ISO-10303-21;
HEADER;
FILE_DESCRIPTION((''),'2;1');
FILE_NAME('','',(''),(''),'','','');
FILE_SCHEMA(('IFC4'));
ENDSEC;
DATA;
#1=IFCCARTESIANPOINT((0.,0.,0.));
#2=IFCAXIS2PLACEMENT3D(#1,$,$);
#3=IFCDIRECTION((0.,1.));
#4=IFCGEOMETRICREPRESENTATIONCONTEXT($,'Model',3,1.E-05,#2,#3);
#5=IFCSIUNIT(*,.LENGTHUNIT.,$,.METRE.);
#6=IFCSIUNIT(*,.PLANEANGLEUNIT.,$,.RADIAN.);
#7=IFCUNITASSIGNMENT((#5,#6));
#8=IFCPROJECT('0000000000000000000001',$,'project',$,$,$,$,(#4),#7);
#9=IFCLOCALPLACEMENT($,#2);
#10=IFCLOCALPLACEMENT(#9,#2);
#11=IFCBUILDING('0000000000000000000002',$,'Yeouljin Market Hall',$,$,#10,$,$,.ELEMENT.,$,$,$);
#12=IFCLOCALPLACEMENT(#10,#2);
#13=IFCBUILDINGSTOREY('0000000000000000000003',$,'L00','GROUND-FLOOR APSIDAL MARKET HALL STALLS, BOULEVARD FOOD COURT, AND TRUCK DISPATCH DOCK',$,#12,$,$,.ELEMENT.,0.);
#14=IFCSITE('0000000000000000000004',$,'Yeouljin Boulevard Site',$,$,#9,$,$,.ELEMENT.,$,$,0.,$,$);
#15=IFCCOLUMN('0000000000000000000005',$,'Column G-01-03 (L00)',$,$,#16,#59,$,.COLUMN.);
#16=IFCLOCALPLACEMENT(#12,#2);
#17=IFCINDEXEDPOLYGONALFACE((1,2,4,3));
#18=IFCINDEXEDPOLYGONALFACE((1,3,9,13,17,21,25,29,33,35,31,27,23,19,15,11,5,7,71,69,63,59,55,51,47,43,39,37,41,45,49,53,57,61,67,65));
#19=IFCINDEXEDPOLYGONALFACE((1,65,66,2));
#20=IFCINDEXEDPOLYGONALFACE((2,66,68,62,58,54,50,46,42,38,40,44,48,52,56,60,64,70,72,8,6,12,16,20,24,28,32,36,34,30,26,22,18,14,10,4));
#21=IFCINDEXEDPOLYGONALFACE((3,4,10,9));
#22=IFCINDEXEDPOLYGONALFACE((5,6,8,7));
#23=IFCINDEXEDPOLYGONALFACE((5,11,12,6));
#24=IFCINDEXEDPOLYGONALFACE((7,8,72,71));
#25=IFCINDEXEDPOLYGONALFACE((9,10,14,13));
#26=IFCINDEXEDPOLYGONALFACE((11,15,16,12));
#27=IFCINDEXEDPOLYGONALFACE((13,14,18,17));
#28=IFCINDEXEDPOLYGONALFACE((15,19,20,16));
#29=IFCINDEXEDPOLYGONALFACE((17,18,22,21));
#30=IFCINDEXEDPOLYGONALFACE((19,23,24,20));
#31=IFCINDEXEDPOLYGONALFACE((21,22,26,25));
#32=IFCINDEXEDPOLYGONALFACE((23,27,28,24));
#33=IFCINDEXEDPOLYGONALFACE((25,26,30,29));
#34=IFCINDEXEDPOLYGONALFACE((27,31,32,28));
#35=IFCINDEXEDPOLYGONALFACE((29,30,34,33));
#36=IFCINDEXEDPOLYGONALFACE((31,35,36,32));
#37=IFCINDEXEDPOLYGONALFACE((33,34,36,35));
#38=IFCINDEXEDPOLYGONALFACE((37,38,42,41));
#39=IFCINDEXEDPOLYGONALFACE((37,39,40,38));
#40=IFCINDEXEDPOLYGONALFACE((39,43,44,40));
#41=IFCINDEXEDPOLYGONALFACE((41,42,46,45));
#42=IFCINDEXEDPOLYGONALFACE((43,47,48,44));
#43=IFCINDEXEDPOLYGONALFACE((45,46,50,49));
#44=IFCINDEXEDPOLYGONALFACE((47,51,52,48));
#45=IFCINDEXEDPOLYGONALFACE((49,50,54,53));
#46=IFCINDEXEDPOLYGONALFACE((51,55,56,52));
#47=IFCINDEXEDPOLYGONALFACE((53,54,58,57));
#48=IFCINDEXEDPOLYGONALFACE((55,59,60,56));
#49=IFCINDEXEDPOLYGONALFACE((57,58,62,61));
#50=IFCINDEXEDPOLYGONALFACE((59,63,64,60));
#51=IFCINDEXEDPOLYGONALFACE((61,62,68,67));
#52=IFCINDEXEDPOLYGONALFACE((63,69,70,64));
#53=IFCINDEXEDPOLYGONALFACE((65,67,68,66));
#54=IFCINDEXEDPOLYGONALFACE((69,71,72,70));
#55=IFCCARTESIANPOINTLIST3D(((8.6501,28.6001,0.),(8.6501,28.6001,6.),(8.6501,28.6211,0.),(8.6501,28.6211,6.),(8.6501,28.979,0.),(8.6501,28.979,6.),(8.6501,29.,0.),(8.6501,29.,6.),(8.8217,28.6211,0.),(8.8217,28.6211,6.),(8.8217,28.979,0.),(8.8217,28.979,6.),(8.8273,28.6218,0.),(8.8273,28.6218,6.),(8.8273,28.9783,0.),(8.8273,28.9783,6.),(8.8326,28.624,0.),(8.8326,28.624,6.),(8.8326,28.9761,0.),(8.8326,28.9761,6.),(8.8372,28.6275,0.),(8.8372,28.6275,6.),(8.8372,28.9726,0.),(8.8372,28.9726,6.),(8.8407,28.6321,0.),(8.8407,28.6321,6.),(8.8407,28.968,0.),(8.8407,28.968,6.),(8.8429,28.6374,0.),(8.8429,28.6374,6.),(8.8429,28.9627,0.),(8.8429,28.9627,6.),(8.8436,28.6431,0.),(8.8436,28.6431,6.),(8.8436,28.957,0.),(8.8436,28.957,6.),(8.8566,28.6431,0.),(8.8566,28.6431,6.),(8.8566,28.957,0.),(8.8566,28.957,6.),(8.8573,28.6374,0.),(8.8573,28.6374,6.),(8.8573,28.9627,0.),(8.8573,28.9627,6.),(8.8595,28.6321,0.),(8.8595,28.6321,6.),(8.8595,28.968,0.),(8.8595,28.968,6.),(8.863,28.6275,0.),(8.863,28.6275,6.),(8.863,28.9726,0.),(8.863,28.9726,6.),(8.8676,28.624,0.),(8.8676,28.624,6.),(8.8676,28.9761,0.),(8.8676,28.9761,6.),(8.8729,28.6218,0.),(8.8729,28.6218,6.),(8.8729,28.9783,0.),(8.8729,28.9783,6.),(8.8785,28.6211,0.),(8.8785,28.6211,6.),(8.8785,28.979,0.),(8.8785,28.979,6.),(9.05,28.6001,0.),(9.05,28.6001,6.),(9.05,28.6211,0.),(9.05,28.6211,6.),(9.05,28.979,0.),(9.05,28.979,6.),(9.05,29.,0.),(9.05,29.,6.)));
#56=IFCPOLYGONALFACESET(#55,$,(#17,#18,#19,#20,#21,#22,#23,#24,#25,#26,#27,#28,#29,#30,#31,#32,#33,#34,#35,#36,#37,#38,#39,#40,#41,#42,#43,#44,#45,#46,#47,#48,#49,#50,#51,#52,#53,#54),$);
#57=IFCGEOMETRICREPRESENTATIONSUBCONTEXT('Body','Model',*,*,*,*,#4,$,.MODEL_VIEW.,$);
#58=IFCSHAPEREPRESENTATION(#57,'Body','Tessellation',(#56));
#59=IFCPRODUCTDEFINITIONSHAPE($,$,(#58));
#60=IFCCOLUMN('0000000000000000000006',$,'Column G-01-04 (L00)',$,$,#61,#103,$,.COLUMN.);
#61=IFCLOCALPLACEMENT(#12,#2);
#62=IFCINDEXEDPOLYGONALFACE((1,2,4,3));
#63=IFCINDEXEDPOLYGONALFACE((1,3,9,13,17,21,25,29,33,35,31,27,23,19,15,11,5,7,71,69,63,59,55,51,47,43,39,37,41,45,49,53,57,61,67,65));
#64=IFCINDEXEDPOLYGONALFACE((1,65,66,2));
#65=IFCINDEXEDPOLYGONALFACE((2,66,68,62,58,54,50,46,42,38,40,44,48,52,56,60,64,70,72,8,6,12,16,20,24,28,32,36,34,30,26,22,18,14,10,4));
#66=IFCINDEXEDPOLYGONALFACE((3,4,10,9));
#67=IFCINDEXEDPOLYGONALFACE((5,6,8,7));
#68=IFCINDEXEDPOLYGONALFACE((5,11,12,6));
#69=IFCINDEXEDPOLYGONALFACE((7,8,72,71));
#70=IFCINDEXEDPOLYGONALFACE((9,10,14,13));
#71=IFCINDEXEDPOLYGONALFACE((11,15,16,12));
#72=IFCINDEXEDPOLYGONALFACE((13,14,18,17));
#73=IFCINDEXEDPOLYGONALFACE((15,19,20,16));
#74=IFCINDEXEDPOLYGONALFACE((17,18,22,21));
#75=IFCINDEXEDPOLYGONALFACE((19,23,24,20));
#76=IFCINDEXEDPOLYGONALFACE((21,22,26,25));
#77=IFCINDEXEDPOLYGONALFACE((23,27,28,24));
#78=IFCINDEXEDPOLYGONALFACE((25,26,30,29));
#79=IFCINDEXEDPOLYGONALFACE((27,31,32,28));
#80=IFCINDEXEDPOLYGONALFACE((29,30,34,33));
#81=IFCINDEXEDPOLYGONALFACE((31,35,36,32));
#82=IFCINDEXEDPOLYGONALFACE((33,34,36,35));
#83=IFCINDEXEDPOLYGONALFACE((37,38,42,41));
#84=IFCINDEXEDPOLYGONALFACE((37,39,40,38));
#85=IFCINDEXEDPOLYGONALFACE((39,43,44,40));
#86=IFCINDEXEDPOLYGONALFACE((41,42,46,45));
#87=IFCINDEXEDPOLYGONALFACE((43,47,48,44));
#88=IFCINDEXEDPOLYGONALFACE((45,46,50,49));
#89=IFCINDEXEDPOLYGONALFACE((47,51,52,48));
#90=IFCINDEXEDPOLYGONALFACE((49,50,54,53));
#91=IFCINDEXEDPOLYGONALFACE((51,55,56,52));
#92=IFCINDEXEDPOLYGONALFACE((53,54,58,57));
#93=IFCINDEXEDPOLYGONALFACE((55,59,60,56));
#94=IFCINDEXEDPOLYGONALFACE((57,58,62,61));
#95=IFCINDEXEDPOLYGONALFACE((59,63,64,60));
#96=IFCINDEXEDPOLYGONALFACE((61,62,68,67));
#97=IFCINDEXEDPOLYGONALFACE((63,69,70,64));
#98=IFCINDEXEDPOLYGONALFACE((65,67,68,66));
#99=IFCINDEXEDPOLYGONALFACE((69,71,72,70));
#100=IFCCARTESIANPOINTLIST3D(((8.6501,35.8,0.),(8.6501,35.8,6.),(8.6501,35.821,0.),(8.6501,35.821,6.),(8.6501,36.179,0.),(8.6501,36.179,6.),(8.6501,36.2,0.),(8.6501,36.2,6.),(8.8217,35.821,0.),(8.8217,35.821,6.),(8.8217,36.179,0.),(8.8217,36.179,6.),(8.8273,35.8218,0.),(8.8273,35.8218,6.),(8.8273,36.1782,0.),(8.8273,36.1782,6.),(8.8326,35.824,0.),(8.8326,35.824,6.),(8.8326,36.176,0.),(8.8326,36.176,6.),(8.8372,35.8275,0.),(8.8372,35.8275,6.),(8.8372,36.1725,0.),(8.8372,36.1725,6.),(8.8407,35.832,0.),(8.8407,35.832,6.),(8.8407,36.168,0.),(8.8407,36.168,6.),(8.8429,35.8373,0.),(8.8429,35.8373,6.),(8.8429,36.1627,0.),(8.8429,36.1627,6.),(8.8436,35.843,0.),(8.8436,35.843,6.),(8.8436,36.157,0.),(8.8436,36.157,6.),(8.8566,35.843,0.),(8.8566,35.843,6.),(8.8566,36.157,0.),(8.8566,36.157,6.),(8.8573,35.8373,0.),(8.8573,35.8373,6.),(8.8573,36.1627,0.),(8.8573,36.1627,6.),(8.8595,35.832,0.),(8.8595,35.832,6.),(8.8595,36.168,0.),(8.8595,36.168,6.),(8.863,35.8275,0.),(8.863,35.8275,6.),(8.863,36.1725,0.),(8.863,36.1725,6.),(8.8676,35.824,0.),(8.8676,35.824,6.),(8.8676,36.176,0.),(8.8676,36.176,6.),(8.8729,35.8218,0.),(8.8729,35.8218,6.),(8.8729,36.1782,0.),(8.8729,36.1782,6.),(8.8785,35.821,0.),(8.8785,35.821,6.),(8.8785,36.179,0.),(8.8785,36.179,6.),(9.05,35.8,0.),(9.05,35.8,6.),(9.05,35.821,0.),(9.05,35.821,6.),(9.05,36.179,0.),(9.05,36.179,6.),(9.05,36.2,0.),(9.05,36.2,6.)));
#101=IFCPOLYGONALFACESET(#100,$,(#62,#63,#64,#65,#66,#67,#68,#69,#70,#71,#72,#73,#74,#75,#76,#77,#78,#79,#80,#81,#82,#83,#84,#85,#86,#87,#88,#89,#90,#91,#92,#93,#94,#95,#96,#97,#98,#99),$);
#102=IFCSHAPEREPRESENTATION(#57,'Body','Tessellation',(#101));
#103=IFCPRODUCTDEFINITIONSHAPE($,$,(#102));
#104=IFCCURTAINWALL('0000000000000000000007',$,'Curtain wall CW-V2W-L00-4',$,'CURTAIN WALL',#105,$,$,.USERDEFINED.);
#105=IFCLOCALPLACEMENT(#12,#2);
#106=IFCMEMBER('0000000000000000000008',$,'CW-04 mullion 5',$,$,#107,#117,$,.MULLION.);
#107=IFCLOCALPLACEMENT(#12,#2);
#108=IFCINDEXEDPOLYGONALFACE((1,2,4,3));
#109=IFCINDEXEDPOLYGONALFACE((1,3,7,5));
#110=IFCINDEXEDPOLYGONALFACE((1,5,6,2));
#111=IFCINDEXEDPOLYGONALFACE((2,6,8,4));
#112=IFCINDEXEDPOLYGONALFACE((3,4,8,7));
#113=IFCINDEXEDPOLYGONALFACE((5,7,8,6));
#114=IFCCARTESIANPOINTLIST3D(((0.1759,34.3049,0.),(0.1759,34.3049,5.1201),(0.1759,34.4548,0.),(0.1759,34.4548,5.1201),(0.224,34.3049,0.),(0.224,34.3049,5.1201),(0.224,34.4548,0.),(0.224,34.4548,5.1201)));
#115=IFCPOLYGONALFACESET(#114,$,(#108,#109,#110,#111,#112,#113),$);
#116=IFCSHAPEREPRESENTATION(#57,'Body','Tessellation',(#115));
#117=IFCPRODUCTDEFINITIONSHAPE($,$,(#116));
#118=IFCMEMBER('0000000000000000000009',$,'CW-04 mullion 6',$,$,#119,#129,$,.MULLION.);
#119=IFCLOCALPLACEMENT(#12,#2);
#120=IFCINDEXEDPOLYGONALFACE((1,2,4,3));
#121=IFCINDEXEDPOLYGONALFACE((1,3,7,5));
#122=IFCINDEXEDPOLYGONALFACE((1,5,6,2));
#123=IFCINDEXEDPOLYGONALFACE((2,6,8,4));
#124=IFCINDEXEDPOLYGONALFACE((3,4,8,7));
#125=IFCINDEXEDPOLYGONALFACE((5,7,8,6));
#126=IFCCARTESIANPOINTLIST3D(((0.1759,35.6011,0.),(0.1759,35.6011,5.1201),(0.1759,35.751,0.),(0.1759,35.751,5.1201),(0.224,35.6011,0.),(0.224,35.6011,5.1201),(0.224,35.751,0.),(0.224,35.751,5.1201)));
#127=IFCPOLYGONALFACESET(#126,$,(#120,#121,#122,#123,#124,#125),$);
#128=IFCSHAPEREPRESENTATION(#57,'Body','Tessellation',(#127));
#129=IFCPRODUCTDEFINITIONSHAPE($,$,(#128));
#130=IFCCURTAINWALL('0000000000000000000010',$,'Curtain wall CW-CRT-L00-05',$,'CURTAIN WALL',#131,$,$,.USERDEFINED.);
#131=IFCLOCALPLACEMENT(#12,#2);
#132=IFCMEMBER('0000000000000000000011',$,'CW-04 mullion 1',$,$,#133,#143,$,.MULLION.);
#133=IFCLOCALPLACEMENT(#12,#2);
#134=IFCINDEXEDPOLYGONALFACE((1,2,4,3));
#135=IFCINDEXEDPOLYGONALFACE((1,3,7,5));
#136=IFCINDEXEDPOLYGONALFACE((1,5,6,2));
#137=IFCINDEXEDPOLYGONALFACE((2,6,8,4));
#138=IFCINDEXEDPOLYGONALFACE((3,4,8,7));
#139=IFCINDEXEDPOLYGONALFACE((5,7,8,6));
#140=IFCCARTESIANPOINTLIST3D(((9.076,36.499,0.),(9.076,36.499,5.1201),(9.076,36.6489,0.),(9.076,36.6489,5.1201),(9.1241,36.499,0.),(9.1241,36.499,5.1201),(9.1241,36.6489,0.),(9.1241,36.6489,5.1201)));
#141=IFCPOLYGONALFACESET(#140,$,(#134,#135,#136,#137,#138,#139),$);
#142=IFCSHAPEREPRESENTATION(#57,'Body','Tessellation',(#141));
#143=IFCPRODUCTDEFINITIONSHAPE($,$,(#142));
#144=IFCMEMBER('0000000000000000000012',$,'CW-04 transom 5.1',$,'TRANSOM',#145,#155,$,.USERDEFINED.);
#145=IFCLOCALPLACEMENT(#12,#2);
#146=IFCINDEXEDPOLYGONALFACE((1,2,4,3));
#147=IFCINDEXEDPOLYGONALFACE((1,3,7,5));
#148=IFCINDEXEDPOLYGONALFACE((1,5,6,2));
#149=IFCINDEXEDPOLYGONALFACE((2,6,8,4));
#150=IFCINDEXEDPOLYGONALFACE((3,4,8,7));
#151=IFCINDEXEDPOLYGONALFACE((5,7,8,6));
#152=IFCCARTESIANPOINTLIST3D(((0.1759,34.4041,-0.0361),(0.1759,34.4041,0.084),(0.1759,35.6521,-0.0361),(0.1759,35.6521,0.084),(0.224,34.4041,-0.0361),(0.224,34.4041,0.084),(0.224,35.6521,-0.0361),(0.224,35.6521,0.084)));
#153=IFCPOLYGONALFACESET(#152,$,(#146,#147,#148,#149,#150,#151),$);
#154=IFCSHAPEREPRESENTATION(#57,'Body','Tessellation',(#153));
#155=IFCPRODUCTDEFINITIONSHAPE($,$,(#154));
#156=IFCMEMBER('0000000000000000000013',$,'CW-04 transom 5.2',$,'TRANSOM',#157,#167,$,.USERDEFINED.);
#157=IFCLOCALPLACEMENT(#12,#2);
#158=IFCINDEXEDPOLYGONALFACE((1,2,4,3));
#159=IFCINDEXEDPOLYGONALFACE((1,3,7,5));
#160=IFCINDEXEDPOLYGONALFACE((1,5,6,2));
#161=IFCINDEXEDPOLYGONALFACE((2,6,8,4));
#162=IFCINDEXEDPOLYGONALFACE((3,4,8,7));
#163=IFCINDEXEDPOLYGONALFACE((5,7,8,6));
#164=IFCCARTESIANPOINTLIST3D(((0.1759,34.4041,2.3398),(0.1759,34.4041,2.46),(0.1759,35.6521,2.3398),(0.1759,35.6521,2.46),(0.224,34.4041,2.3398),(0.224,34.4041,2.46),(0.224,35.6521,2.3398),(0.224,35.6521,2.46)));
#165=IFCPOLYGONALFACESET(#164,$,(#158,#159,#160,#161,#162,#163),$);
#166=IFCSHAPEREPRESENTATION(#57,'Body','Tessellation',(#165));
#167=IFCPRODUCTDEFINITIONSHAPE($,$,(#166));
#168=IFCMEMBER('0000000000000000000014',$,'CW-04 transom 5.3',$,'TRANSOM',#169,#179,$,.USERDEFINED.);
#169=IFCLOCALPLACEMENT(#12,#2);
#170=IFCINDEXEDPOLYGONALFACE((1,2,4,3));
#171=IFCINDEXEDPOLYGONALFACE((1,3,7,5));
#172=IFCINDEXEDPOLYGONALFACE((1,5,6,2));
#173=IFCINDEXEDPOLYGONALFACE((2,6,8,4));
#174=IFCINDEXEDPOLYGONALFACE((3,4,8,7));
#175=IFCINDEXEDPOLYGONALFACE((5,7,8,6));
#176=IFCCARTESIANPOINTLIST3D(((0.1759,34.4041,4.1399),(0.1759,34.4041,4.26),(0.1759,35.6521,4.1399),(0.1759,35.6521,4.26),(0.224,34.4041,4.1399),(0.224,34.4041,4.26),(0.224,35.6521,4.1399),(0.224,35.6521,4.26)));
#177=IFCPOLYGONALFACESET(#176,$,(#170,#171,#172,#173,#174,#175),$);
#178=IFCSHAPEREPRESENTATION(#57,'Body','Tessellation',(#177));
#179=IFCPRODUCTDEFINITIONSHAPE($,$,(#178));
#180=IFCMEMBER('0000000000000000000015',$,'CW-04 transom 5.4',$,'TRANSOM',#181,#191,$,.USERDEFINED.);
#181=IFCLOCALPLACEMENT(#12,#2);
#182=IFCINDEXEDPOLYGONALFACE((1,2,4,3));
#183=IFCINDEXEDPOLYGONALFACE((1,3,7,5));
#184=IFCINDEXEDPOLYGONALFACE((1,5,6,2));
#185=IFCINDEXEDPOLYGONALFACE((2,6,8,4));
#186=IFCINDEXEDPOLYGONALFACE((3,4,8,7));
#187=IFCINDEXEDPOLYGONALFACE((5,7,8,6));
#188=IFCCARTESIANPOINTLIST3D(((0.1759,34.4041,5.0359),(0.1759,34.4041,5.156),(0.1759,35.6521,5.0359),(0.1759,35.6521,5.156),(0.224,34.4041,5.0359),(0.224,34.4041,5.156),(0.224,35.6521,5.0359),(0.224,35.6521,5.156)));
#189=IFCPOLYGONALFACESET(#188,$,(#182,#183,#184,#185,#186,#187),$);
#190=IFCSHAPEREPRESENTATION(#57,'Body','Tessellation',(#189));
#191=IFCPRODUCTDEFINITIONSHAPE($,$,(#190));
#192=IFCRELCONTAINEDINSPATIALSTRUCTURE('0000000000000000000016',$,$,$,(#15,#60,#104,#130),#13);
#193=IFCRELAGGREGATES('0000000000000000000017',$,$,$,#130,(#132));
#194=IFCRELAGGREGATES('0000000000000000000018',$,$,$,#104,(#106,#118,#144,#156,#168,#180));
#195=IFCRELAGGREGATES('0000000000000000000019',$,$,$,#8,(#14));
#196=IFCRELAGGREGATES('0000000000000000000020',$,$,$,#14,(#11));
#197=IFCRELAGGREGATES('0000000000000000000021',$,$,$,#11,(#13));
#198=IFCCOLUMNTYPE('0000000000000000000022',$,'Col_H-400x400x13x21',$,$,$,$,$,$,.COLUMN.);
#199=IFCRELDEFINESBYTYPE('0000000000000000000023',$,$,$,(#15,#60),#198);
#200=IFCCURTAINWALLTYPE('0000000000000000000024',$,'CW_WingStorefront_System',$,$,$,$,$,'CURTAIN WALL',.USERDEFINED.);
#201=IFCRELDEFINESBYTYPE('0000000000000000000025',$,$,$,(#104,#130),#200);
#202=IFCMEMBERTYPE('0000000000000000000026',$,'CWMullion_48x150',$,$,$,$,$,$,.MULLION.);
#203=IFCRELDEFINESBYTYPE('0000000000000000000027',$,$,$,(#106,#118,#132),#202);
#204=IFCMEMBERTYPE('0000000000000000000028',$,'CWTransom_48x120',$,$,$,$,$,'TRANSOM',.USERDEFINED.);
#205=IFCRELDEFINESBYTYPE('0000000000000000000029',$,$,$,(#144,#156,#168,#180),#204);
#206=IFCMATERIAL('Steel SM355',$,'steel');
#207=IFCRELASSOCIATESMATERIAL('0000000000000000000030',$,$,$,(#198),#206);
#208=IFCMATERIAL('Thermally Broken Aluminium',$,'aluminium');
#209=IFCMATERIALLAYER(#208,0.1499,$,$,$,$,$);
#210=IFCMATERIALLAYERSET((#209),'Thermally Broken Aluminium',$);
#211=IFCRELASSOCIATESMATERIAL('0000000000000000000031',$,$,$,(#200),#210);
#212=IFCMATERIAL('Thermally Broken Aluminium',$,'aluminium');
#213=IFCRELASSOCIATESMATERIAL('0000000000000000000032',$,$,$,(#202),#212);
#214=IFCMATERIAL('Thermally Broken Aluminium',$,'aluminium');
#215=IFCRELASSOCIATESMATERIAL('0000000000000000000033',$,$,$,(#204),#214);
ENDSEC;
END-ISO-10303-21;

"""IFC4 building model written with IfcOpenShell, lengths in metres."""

from ifc_helpers import new_model, si_unit, direction, frame, origin, origin_2d, place, context, subcontext, project, spatial, rectangle, i_section, extrude, material, layer, layer_set, material_profile, profile_set, type_object, element, aggregate, save


model = new_model("IFC4")

# Units and contexts
model_context = context("Model", 3, precision=1e-05, world=origin(), true_north=direction((0.0, 1.0)))
body_context = subcontext(model_context, "Body", "Model", "MODEL_VIEW")
ifc_project = project(units=[si_unit("LENGTHUNIT", "METRE"), si_unit("PLANEANGLEUNIT", "RADIAN")], contexts=[model_context])

# Site, building, storey
site_placement = place(None, origin())
site = spatial("IfcSite", under=ifc_project, at=site_placement, Name="Yeouljin Boulevard Site", CompositionType="ELEMENT", RefElevation=0.0)
building_placement = place(site_placement, origin())
building = spatial("IfcBuilding", under=site, at=building_placement, Name="Yeouljin Market Hall", CompositionType="ELEMENT")
storey_placement = place(building_placement, origin())
storey = spatial("IfcBuildingStorey", under=building, at=storey_placement, Name="L00", Description="GROUND-FLOOR APSIDAL MARKET HALL STALLS, BOULEVARD FOOD COURT, AND TRUCK DISPATCH DOCK", CompositionType="ELEMENT", Elevation=0.0)

# Columns
ifc_material_1 = material(Name="Steel SM355", Category="steel")
ifc_material_profile_1 = material_profile(ifc_material_1, i_section(OverallWidth=0.3999, OverallDepth=0.3999, WebThickness=0.0129, FlangeThickness=0.021, FilletRadius=0.022, at=origin_2d()), Name="H-400x400x13x21")
ifc_profile_set_1 = profile_set([ifc_material_profile_1], Name="Steel SM355")
column_type = type_object("IfcColumnType", Name="Col_H-400x400x13x21", PredefinedType="COLUMN", material=ifc_profile_set_1)
for number, where, z_axis, x_axis, name in (
    (1, (8.8501, 28.8, 0.0), (0.0, 0.0, 1.0), (1.0, 0.0, 0.0), "Column G-01-03 (L00)"),
    (2, (8.8501, 36.0, 0.0), (0.0, 0.0, 1.0), (1.0, 0.0, 0.0), "Column G-01-04 (L00)"),
):
    element("IfcColumn", number, at=place(storey_placement, frame(where, z_axis=z_axis, x_axis=x_axis)), inside=storey, type_object=column_type, Name=name, PredefinedType="COLUMN", context=body_context, shape_type="SweptSolid", body=[
        extrude(i_section(OverallWidth=0.3999, OverallDepth=0.3999, WebThickness=0.0129, FlangeThickness=0.021, FilletRadius=0.022, at=origin_2d()), origin(), (0.0, 0.0, 1.0), 6.0),
    ])

# Curtain wall, members
ifc_material_2 = material(Name="Thermally Broken Aluminium", Category="aluminium")
ifc_layer_1 = layer(ifc_material_2, 0.1499)
ifc_layer_set_1 = layer_set([ifc_layer_1], Name="Thermally Broken Aluminium")
curtain_wall_type = type_object("IfcCurtainWallType", Name="CW_WingStorefront_System", ElementType="CURTAIN WALL", PredefinedType="USERDEFINED", material=ifc_layer_set_1)
curtain_wall_1_placement = place(storey_placement, origin())
curtain_wall_1 = element("IfcCurtainWall", 3, at=curtain_wall_1_placement, inside=storey, type_object=curtain_wall_type, Name="Curtain wall CW-V2W-L00-4", ObjectType="CURTAIN WALL", PredefinedType="USERDEFINED")
ifc_material_3 = material(Name="Thermally Broken Aluminium", Category="aluminium")
ifc_material_profile_2 = material_profile(ifc_material_3, rectangle(XDim=0.0481, YDim=0.1499, at=origin_2d()), Name="CW-MULL-48x150")
ifc_profile_set_2 = profile_set([ifc_material_profile_2], Name="Thermally Broken Aluminium")
member_type_1 = type_object("IfcMemberType", Name="CWMullion_48x150", PredefinedType="MULLION", material=ifc_profile_set_2)
member_1_placement = place(storey_placement, frame((0.2, 34.3799, 0.0), z_axis=(0.0, 0.0, 1.0), x_axis=(-1.0, 0.0, 0.0)))
member_1 = element("IfcMember", 4, at=member_1_placement, type_object=member_type_1, Name="CW-04 mullion 5", PredefinedType="MULLION", context=body_context, shape_type="SweptSolid", body=[
    extrude(rectangle(XDim=0.0481, YDim=0.1499, at=origin_2d()), origin(), (0.0, 0.0, 1.0), 5.1201),
])
member_2_placement = place(storey_placement, frame((0.2, 35.676, 0.0), z_axis=(0.0, 0.0, 1.0), x_axis=(-1.0, 0.0, 0.0)))
member_2 = element("IfcMember", 5, at=member_2_placement, type_object=member_type_1, Name="CW-04 mullion 6", PredefinedType="MULLION", context=body_context, shape_type="SweptSolid", body=[
    extrude(rectangle(XDim=0.0481, YDim=0.1499, at=origin_2d()), origin(), (0.0, 0.0, 1.0), 5.1201),
])

# Curtain wall, member
curtain_wall_2_placement = place(storey_placement, origin())
curtain_wall_2 = element("IfcCurtainWall", 6, at=curtain_wall_2_placement, inside=storey, type_object=curtain_wall_type, Name="Curtain wall CW-CRT-L00-05", ObjectType="CURTAIN WALL", PredefinedType="USERDEFINED")
member_3_placement = place(storey_placement, frame((9.1001, 36.574, 0.0), z_axis=(0.0, 0.0, 1.0), x_axis=(-1.0, 0.0, 0.0)))
member_3 = element("IfcMember", 7, at=member_3_placement, type_object=member_type_1, Name="CW-04 mullion 1", PredefinedType="MULLION", context=body_context, shape_type="SweptSolid", body=[
    extrude(rectangle(XDim=0.0481, YDim=0.1499, at=origin_2d()), origin(), (0.0, 0.0, 1.0), 5.1201),
])

# Members
ifc_material_4 = material(Name="Thermally Broken Aluminium", Category="aluminium")
ifc_material_profile_3 = material_profile(ifc_material_4, rectangle(XDim=0.0481, YDim=0.1201, at=origin_2d()), Name="CW-TRAN-48x120")
ifc_profile_set_3 = profile_set([ifc_material_profile_3], Name="Thermally Broken Aluminium")
member_type_2 = type_object("IfcMemberType", Name="CWTransom_48x120", ElementType="TRANSOM", PredefinedType="USERDEFINED", material=ifc_profile_set_3)
member_4_placement = place(storey_placement, frame((0.2, 34.4041, 0.0239), z_axis=(0.0, 1.0, 0.0), x_axis=(-1.0, 0.0, 0.0)))
member_4 = element("IfcMember", 8, at=member_4_placement, type_object=member_type_2, Name="CW-04 transom 5.1", ObjectType="TRANSOM", PredefinedType="USERDEFINED", context=body_context, shape_type="SweptSolid", body=[
    extrude(rectangle(XDim=0.0481, YDim=0.1201, at=origin_2d()), origin(), (0.0, 0.0, 1.0), 1.248),
])
member_5_placement = place(storey_placement, frame((0.2, 34.4041, 2.3999), z_axis=(0.0, 1.0, 0.0), x_axis=(-1.0, 0.0, 0.0)))
member_5 = element("IfcMember", 9, at=member_5_placement, type_object=member_type_2, Name="CW-04 transom 5.2", ObjectType="TRANSOM", PredefinedType="USERDEFINED", context=body_context, shape_type="SweptSolid", body=[
    extrude(rectangle(XDim=0.0481, YDim=0.1201, at=origin_2d()), origin(), (0.0, 0.0, 1.0), 1.248),
])
member_6_placement = place(storey_placement, frame((0.2, 34.4041, 4.2), z_axis=(0.0, 1.0, 0.0), x_axis=(-1.0, 0.0, 0.0)))
member_6 = element("IfcMember", 10, at=member_6_placement, type_object=member_type_2, Name="CW-04 transom 5.3", ObjectType="TRANSOM", PredefinedType="USERDEFINED", context=body_context, shape_type="SweptSolid", body=[
    extrude(rectangle(XDim=0.0481, YDim=0.1201, at=origin_2d()), origin(), (0.0, 0.0, 1.0), 1.248),
])
member_7_placement = place(storey_placement, frame((0.2, 34.4041, 5.0959), z_axis=(0.0, 1.0, 0.0), x_axis=(-1.0, 0.0, 0.0)))
member_7 = element("IfcMember", 11, at=member_7_placement, type_object=member_type_2, Name="CW-04 transom 5.4", ObjectType="TRANSOM", PredefinedType="USERDEFINED", context=body_context, shape_type="SweptSolid", body=[
    extrude(rectangle(XDim=0.0481, YDim=0.1201, at=origin_2d()), origin(), (0.0, 0.0, 1.0), 1.248),
])
aggregate(curtain_wall_2, [member_3])

aggregate(curtain_wall_1, [member_1, member_2, member_4, member_5, member_6, member_7])

save(model, "model.ifc")
